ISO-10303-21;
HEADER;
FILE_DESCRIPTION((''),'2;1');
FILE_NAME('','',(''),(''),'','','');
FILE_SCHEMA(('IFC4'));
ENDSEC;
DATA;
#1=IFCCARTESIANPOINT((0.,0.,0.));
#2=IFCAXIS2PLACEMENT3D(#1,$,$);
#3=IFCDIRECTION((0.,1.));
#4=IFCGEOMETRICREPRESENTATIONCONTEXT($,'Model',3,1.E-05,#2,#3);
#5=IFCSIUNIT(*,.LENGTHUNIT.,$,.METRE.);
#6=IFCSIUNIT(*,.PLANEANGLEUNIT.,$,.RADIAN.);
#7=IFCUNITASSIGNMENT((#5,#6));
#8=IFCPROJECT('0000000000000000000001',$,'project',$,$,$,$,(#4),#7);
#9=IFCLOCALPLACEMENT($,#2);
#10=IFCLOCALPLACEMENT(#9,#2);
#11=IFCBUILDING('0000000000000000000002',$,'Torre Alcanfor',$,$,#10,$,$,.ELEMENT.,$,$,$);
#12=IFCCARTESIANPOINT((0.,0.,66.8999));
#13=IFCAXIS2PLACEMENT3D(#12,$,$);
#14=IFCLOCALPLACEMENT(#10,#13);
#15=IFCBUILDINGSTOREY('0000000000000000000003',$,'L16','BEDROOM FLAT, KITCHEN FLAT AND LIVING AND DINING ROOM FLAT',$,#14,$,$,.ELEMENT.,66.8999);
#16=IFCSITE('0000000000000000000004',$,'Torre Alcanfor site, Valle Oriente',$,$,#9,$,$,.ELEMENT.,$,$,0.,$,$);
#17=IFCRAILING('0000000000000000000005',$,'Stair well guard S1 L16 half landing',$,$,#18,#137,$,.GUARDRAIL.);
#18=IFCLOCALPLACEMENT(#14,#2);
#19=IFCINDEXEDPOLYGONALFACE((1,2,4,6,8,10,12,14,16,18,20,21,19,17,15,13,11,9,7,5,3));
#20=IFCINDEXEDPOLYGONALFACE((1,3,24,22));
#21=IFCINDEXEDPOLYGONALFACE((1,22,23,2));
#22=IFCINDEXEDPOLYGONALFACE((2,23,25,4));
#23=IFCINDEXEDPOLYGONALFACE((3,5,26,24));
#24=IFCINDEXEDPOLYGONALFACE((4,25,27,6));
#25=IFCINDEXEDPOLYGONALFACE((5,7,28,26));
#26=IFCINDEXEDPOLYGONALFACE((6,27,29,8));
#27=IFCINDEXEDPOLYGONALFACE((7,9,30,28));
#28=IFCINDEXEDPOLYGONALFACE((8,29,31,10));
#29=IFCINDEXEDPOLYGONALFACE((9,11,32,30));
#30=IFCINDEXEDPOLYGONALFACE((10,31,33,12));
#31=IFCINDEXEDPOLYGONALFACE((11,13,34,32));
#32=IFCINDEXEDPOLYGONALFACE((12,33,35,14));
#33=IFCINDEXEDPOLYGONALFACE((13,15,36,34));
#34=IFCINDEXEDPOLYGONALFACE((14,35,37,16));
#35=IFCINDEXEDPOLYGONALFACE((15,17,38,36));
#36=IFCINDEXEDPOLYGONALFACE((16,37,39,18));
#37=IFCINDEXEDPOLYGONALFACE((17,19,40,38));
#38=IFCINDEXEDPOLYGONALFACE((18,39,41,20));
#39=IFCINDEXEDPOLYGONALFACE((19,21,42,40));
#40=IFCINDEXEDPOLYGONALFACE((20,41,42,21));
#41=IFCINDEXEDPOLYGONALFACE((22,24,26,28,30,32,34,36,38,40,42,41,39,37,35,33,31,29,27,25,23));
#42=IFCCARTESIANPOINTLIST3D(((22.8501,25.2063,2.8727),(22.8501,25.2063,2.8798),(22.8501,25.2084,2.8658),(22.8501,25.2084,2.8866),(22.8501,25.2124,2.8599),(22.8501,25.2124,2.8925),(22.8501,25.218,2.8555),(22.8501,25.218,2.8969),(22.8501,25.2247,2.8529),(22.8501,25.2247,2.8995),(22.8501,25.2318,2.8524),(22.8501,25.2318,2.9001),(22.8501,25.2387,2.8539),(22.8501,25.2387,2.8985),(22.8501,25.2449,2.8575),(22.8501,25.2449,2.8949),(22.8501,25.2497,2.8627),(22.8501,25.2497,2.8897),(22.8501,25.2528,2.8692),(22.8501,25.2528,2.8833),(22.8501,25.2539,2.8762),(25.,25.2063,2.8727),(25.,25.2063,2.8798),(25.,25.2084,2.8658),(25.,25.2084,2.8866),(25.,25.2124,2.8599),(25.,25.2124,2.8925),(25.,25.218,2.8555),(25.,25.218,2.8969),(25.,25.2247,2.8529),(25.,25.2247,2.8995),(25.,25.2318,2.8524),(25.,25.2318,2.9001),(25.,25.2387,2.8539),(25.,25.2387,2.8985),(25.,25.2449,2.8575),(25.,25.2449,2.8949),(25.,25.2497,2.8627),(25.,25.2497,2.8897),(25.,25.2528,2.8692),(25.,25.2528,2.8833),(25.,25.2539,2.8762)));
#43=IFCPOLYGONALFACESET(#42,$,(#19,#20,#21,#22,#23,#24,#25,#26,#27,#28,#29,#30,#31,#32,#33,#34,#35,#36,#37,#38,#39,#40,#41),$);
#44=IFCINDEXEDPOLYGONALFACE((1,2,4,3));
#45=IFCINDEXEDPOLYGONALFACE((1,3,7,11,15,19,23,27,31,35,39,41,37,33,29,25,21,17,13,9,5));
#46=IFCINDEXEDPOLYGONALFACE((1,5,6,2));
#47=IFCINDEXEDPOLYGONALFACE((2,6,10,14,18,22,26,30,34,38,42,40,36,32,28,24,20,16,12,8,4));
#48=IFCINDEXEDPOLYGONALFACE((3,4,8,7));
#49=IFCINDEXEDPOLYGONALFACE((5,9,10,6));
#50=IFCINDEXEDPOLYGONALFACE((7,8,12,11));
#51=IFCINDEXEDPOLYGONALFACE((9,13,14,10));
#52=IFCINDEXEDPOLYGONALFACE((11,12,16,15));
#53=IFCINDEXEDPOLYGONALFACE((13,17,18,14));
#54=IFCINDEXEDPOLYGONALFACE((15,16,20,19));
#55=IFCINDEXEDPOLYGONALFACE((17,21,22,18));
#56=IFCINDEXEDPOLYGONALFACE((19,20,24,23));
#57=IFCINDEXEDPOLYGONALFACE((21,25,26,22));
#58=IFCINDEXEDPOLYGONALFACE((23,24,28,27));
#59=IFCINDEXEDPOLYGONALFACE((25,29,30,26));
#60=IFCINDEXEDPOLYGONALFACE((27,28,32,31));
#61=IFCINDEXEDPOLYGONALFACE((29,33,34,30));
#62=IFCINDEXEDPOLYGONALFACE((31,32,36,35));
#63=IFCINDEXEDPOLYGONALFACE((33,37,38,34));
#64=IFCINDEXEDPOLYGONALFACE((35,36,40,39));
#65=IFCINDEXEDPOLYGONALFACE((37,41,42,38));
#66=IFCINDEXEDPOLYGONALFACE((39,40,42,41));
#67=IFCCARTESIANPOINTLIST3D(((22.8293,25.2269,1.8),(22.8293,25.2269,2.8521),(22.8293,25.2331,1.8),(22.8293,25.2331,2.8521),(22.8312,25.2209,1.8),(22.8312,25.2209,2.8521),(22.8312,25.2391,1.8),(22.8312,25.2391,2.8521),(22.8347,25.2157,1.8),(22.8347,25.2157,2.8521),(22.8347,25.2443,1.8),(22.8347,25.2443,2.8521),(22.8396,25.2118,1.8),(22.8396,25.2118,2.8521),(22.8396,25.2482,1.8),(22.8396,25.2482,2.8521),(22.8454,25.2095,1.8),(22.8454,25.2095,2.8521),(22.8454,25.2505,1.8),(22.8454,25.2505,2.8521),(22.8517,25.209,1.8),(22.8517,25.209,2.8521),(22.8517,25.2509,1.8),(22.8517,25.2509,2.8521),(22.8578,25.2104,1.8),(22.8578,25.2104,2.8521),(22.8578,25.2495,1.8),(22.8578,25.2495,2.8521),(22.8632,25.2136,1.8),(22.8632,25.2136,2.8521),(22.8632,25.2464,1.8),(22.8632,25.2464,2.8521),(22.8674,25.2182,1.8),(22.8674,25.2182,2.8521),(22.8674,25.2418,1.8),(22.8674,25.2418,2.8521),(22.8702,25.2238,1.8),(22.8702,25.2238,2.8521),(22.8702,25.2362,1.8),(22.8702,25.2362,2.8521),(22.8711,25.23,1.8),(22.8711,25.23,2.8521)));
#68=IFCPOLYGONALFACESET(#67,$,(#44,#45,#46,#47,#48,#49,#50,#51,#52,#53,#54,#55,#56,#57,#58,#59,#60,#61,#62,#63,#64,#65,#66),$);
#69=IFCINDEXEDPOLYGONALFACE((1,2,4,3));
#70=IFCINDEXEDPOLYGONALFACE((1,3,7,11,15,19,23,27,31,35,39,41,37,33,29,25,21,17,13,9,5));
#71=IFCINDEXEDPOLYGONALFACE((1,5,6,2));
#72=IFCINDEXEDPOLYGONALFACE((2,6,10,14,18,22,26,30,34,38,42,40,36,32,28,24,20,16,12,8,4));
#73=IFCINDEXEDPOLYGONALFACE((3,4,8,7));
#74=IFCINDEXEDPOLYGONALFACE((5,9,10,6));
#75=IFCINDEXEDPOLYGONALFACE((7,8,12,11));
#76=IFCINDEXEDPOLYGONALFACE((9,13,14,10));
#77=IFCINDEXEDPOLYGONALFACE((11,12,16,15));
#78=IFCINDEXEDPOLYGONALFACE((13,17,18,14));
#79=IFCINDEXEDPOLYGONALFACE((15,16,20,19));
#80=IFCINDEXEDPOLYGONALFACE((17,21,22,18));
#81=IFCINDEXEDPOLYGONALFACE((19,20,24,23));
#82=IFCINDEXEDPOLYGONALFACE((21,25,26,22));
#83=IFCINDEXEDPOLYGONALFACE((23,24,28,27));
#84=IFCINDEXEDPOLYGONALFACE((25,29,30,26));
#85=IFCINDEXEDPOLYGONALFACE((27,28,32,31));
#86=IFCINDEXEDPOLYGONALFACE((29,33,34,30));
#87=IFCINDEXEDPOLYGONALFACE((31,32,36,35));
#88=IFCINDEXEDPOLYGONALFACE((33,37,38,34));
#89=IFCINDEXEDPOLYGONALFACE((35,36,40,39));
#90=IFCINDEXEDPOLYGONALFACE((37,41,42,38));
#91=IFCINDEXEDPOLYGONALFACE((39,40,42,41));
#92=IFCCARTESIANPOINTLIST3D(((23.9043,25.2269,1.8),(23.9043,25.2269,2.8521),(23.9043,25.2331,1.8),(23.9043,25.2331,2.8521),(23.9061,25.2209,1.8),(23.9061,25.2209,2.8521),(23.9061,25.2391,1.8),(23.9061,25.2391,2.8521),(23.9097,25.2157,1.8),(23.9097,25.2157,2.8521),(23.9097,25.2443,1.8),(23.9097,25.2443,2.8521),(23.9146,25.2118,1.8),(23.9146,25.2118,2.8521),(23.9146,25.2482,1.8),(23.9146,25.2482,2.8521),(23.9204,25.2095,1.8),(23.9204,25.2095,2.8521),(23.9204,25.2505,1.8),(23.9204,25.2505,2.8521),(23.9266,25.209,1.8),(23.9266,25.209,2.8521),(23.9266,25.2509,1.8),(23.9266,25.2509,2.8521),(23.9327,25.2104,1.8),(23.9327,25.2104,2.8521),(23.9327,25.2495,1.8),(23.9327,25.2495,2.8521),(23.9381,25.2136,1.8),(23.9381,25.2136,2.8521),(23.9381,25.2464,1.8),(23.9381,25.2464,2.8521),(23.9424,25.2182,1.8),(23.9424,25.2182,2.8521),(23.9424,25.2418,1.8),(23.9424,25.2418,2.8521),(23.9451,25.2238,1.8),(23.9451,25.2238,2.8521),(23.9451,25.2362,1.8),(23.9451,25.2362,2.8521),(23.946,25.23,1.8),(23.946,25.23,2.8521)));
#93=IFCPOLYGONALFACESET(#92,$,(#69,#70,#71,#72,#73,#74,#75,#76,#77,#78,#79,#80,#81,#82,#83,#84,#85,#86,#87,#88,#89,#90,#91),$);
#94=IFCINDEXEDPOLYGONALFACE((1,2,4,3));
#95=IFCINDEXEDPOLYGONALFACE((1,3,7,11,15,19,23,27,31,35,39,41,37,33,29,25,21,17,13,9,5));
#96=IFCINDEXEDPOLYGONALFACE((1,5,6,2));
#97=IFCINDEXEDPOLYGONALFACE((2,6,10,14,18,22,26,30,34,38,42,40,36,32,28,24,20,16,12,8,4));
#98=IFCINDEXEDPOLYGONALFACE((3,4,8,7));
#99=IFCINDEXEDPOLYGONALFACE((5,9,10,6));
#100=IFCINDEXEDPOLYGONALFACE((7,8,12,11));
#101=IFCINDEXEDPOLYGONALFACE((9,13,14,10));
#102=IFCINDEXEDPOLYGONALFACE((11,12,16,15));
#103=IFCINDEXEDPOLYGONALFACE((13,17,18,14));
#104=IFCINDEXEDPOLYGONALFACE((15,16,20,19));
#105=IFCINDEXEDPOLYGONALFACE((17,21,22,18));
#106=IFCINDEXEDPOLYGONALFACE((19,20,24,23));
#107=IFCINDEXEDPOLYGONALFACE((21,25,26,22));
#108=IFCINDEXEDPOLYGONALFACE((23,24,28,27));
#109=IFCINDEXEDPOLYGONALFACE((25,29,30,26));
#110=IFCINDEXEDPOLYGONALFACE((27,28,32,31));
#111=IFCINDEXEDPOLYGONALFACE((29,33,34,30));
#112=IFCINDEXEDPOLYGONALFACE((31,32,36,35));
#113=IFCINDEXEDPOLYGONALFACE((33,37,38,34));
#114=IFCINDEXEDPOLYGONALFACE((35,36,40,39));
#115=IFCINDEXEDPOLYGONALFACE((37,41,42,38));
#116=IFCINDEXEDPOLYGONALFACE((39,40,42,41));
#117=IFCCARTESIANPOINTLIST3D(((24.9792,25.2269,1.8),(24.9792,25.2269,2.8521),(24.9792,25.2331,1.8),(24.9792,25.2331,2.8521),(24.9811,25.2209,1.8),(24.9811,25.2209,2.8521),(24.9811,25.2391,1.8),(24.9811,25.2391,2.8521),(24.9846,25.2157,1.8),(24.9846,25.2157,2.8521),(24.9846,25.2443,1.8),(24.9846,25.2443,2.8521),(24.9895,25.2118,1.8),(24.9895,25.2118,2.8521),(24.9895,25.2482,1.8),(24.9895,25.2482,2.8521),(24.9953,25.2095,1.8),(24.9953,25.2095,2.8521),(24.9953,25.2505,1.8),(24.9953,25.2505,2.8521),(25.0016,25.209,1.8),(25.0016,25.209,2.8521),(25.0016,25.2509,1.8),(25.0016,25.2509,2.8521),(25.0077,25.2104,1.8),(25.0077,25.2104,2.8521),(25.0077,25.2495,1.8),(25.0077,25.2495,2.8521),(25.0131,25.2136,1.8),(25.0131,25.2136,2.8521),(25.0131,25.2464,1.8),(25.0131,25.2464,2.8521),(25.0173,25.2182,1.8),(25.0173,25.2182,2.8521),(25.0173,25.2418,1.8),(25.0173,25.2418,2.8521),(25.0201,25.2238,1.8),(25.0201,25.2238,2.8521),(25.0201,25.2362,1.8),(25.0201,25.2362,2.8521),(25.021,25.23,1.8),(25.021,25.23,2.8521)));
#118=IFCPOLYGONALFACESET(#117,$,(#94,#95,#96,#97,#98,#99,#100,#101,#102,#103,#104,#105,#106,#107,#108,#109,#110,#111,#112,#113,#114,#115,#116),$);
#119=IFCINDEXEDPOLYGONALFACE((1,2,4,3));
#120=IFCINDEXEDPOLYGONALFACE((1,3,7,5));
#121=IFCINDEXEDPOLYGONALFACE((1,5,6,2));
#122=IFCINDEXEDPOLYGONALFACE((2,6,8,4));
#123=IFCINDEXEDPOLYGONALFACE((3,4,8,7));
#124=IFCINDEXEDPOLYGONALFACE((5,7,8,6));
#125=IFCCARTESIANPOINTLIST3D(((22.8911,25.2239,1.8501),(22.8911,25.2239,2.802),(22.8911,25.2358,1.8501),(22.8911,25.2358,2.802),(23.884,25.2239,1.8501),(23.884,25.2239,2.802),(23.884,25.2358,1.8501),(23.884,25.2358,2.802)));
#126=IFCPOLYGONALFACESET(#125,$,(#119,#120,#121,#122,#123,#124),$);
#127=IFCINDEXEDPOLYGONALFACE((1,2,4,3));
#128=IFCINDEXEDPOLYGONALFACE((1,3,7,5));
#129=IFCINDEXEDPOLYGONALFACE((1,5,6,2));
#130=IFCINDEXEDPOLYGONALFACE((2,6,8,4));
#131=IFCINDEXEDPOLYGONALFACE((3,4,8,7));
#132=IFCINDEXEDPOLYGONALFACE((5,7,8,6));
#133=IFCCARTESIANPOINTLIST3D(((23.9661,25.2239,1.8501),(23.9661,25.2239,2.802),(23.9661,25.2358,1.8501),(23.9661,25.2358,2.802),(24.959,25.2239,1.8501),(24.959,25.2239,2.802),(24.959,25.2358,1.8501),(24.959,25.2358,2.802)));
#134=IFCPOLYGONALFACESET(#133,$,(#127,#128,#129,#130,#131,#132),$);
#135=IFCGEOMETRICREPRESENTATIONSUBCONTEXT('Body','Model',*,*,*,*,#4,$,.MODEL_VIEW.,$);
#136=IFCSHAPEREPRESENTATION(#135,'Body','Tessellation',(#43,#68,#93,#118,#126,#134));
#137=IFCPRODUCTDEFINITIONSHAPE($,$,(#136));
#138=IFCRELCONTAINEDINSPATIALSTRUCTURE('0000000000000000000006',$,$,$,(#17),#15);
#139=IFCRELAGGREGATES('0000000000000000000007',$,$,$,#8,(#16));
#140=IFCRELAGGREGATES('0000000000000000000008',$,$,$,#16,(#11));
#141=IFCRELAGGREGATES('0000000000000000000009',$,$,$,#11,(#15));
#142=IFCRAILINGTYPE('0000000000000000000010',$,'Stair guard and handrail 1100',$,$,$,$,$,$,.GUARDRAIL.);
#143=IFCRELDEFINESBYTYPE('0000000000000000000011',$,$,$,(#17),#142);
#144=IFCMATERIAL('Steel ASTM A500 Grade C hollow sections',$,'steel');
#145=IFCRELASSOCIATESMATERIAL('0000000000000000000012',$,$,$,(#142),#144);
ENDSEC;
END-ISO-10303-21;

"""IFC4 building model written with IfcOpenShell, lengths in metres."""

from ifc_helpers import new_model, si_unit, direction, frame, origin, origin_2d, place, context, subcontext, project, spatial, polyline, circle, outline, extrude, material, type_object, element, save


model = new_model("IFC4")

# Units and contexts
model_context = context("Model", 3, precision=1e-05, world=origin(), true_north=direction((0.0, 1.0)))
body_context = subcontext(model_context, "Body", "Model", "MODEL_VIEW")
ifc_project = project(units=[si_unit("LENGTHUNIT", "METRE"), si_unit("PLANEANGLEUNIT", "RADIAN")], contexts=[model_context])

# Site, building, storey
site_placement = place(None, origin())
site = spatial("IfcSite", under=ifc_project, at=site_placement, Name="Torre Alcanfor site, Valle Oriente", CompositionType="ELEMENT", RefElevation=0.0)
building_placement = place(site_placement, origin())
building = spatial("IfcBuilding", under=site, at=building_placement, Name="Torre Alcanfor", CompositionType="ELEMENT")
storey_placement = place(building_placement, frame((0.0, 0.0, 66.8999)))
storey = spatial("IfcBuildingStorey", under=building, at=storey_placement, Name="L16", Description="BEDROOM FLAT, KITCHEN FLAT AND LIVING AND DINING ROOM FLAT", CompositionType="ELEMENT", Elevation=66.8999)

# Railing
ifc_material_1 = material(Name="Steel ASTM A500 Grade C hollow sections", Category="steel")
railing_type_1 = type_object("IfcRailingType", Name="Stair guard and handrail 1100", PredefinedType="GUARDRAIL", material=ifc_material_1)
railing_1_placement = place(storey_placement, frame((22.8501, 25.23, 1.8)))
element("IfcRailing", 1, at=railing_1_placement, inside=storey, type_object=railing_type_1, Name="Stair well guard S1 L16 half landing", PredefinedType="GUARDRAIL", context=body_context, shape_type="SweptSolid", body=[
    extrude(circle(Radius=0.0239, at=origin_2d()), frame((0.0, 0.0, 1.0762), z_axis=(1.0, 0.0, 0.0), x_axis=(0.0, 1.0, 0.0)), (0.0, 0.0, 1.0), 2.1499),
    extrude(circle(Radius=0.021, at=origin_2d()), origin(), (0.0, 0.0, 1.0), 1.052),
    extrude(circle(Radius=0.021, at=origin_2d()), frame((1.075, 0.0, 0.0)), (0.0, 0.0, 1.0), 1.052),
    extrude(circle(Radius=0.021, at=origin_2d()), frame((2.1499, 0.0, 0.0)), (0.0, 0.0, 1.0), 1.052),
    extrude(outline(polyline([(0.041, 0.05), (1.0339, 0.05), (1.0339, 1.002), (0.041, 1.002), (0.041, 0.05)])), frame((0.0, 0.0059, 0.0), z_axis=(0.0, -1.0, 0.0), x_axis=(1.0, 0.0, 0.0)), (0.0, 0.0, 1.0), 0.012),
    extrude(outline(polyline([(1.116, 0.05), (2.1089, 0.05), (2.1089, 1.002), (1.116, 1.002), (1.116, 0.05)])), frame((0.0, 0.0059, 0.0), z_axis=(0.0, -1.0, 0.0), x_axis=(1.0, 0.0, 0.0)), (0.0, 0.0, 1.0), 0.012),
])

save(model, "model.ifc")
